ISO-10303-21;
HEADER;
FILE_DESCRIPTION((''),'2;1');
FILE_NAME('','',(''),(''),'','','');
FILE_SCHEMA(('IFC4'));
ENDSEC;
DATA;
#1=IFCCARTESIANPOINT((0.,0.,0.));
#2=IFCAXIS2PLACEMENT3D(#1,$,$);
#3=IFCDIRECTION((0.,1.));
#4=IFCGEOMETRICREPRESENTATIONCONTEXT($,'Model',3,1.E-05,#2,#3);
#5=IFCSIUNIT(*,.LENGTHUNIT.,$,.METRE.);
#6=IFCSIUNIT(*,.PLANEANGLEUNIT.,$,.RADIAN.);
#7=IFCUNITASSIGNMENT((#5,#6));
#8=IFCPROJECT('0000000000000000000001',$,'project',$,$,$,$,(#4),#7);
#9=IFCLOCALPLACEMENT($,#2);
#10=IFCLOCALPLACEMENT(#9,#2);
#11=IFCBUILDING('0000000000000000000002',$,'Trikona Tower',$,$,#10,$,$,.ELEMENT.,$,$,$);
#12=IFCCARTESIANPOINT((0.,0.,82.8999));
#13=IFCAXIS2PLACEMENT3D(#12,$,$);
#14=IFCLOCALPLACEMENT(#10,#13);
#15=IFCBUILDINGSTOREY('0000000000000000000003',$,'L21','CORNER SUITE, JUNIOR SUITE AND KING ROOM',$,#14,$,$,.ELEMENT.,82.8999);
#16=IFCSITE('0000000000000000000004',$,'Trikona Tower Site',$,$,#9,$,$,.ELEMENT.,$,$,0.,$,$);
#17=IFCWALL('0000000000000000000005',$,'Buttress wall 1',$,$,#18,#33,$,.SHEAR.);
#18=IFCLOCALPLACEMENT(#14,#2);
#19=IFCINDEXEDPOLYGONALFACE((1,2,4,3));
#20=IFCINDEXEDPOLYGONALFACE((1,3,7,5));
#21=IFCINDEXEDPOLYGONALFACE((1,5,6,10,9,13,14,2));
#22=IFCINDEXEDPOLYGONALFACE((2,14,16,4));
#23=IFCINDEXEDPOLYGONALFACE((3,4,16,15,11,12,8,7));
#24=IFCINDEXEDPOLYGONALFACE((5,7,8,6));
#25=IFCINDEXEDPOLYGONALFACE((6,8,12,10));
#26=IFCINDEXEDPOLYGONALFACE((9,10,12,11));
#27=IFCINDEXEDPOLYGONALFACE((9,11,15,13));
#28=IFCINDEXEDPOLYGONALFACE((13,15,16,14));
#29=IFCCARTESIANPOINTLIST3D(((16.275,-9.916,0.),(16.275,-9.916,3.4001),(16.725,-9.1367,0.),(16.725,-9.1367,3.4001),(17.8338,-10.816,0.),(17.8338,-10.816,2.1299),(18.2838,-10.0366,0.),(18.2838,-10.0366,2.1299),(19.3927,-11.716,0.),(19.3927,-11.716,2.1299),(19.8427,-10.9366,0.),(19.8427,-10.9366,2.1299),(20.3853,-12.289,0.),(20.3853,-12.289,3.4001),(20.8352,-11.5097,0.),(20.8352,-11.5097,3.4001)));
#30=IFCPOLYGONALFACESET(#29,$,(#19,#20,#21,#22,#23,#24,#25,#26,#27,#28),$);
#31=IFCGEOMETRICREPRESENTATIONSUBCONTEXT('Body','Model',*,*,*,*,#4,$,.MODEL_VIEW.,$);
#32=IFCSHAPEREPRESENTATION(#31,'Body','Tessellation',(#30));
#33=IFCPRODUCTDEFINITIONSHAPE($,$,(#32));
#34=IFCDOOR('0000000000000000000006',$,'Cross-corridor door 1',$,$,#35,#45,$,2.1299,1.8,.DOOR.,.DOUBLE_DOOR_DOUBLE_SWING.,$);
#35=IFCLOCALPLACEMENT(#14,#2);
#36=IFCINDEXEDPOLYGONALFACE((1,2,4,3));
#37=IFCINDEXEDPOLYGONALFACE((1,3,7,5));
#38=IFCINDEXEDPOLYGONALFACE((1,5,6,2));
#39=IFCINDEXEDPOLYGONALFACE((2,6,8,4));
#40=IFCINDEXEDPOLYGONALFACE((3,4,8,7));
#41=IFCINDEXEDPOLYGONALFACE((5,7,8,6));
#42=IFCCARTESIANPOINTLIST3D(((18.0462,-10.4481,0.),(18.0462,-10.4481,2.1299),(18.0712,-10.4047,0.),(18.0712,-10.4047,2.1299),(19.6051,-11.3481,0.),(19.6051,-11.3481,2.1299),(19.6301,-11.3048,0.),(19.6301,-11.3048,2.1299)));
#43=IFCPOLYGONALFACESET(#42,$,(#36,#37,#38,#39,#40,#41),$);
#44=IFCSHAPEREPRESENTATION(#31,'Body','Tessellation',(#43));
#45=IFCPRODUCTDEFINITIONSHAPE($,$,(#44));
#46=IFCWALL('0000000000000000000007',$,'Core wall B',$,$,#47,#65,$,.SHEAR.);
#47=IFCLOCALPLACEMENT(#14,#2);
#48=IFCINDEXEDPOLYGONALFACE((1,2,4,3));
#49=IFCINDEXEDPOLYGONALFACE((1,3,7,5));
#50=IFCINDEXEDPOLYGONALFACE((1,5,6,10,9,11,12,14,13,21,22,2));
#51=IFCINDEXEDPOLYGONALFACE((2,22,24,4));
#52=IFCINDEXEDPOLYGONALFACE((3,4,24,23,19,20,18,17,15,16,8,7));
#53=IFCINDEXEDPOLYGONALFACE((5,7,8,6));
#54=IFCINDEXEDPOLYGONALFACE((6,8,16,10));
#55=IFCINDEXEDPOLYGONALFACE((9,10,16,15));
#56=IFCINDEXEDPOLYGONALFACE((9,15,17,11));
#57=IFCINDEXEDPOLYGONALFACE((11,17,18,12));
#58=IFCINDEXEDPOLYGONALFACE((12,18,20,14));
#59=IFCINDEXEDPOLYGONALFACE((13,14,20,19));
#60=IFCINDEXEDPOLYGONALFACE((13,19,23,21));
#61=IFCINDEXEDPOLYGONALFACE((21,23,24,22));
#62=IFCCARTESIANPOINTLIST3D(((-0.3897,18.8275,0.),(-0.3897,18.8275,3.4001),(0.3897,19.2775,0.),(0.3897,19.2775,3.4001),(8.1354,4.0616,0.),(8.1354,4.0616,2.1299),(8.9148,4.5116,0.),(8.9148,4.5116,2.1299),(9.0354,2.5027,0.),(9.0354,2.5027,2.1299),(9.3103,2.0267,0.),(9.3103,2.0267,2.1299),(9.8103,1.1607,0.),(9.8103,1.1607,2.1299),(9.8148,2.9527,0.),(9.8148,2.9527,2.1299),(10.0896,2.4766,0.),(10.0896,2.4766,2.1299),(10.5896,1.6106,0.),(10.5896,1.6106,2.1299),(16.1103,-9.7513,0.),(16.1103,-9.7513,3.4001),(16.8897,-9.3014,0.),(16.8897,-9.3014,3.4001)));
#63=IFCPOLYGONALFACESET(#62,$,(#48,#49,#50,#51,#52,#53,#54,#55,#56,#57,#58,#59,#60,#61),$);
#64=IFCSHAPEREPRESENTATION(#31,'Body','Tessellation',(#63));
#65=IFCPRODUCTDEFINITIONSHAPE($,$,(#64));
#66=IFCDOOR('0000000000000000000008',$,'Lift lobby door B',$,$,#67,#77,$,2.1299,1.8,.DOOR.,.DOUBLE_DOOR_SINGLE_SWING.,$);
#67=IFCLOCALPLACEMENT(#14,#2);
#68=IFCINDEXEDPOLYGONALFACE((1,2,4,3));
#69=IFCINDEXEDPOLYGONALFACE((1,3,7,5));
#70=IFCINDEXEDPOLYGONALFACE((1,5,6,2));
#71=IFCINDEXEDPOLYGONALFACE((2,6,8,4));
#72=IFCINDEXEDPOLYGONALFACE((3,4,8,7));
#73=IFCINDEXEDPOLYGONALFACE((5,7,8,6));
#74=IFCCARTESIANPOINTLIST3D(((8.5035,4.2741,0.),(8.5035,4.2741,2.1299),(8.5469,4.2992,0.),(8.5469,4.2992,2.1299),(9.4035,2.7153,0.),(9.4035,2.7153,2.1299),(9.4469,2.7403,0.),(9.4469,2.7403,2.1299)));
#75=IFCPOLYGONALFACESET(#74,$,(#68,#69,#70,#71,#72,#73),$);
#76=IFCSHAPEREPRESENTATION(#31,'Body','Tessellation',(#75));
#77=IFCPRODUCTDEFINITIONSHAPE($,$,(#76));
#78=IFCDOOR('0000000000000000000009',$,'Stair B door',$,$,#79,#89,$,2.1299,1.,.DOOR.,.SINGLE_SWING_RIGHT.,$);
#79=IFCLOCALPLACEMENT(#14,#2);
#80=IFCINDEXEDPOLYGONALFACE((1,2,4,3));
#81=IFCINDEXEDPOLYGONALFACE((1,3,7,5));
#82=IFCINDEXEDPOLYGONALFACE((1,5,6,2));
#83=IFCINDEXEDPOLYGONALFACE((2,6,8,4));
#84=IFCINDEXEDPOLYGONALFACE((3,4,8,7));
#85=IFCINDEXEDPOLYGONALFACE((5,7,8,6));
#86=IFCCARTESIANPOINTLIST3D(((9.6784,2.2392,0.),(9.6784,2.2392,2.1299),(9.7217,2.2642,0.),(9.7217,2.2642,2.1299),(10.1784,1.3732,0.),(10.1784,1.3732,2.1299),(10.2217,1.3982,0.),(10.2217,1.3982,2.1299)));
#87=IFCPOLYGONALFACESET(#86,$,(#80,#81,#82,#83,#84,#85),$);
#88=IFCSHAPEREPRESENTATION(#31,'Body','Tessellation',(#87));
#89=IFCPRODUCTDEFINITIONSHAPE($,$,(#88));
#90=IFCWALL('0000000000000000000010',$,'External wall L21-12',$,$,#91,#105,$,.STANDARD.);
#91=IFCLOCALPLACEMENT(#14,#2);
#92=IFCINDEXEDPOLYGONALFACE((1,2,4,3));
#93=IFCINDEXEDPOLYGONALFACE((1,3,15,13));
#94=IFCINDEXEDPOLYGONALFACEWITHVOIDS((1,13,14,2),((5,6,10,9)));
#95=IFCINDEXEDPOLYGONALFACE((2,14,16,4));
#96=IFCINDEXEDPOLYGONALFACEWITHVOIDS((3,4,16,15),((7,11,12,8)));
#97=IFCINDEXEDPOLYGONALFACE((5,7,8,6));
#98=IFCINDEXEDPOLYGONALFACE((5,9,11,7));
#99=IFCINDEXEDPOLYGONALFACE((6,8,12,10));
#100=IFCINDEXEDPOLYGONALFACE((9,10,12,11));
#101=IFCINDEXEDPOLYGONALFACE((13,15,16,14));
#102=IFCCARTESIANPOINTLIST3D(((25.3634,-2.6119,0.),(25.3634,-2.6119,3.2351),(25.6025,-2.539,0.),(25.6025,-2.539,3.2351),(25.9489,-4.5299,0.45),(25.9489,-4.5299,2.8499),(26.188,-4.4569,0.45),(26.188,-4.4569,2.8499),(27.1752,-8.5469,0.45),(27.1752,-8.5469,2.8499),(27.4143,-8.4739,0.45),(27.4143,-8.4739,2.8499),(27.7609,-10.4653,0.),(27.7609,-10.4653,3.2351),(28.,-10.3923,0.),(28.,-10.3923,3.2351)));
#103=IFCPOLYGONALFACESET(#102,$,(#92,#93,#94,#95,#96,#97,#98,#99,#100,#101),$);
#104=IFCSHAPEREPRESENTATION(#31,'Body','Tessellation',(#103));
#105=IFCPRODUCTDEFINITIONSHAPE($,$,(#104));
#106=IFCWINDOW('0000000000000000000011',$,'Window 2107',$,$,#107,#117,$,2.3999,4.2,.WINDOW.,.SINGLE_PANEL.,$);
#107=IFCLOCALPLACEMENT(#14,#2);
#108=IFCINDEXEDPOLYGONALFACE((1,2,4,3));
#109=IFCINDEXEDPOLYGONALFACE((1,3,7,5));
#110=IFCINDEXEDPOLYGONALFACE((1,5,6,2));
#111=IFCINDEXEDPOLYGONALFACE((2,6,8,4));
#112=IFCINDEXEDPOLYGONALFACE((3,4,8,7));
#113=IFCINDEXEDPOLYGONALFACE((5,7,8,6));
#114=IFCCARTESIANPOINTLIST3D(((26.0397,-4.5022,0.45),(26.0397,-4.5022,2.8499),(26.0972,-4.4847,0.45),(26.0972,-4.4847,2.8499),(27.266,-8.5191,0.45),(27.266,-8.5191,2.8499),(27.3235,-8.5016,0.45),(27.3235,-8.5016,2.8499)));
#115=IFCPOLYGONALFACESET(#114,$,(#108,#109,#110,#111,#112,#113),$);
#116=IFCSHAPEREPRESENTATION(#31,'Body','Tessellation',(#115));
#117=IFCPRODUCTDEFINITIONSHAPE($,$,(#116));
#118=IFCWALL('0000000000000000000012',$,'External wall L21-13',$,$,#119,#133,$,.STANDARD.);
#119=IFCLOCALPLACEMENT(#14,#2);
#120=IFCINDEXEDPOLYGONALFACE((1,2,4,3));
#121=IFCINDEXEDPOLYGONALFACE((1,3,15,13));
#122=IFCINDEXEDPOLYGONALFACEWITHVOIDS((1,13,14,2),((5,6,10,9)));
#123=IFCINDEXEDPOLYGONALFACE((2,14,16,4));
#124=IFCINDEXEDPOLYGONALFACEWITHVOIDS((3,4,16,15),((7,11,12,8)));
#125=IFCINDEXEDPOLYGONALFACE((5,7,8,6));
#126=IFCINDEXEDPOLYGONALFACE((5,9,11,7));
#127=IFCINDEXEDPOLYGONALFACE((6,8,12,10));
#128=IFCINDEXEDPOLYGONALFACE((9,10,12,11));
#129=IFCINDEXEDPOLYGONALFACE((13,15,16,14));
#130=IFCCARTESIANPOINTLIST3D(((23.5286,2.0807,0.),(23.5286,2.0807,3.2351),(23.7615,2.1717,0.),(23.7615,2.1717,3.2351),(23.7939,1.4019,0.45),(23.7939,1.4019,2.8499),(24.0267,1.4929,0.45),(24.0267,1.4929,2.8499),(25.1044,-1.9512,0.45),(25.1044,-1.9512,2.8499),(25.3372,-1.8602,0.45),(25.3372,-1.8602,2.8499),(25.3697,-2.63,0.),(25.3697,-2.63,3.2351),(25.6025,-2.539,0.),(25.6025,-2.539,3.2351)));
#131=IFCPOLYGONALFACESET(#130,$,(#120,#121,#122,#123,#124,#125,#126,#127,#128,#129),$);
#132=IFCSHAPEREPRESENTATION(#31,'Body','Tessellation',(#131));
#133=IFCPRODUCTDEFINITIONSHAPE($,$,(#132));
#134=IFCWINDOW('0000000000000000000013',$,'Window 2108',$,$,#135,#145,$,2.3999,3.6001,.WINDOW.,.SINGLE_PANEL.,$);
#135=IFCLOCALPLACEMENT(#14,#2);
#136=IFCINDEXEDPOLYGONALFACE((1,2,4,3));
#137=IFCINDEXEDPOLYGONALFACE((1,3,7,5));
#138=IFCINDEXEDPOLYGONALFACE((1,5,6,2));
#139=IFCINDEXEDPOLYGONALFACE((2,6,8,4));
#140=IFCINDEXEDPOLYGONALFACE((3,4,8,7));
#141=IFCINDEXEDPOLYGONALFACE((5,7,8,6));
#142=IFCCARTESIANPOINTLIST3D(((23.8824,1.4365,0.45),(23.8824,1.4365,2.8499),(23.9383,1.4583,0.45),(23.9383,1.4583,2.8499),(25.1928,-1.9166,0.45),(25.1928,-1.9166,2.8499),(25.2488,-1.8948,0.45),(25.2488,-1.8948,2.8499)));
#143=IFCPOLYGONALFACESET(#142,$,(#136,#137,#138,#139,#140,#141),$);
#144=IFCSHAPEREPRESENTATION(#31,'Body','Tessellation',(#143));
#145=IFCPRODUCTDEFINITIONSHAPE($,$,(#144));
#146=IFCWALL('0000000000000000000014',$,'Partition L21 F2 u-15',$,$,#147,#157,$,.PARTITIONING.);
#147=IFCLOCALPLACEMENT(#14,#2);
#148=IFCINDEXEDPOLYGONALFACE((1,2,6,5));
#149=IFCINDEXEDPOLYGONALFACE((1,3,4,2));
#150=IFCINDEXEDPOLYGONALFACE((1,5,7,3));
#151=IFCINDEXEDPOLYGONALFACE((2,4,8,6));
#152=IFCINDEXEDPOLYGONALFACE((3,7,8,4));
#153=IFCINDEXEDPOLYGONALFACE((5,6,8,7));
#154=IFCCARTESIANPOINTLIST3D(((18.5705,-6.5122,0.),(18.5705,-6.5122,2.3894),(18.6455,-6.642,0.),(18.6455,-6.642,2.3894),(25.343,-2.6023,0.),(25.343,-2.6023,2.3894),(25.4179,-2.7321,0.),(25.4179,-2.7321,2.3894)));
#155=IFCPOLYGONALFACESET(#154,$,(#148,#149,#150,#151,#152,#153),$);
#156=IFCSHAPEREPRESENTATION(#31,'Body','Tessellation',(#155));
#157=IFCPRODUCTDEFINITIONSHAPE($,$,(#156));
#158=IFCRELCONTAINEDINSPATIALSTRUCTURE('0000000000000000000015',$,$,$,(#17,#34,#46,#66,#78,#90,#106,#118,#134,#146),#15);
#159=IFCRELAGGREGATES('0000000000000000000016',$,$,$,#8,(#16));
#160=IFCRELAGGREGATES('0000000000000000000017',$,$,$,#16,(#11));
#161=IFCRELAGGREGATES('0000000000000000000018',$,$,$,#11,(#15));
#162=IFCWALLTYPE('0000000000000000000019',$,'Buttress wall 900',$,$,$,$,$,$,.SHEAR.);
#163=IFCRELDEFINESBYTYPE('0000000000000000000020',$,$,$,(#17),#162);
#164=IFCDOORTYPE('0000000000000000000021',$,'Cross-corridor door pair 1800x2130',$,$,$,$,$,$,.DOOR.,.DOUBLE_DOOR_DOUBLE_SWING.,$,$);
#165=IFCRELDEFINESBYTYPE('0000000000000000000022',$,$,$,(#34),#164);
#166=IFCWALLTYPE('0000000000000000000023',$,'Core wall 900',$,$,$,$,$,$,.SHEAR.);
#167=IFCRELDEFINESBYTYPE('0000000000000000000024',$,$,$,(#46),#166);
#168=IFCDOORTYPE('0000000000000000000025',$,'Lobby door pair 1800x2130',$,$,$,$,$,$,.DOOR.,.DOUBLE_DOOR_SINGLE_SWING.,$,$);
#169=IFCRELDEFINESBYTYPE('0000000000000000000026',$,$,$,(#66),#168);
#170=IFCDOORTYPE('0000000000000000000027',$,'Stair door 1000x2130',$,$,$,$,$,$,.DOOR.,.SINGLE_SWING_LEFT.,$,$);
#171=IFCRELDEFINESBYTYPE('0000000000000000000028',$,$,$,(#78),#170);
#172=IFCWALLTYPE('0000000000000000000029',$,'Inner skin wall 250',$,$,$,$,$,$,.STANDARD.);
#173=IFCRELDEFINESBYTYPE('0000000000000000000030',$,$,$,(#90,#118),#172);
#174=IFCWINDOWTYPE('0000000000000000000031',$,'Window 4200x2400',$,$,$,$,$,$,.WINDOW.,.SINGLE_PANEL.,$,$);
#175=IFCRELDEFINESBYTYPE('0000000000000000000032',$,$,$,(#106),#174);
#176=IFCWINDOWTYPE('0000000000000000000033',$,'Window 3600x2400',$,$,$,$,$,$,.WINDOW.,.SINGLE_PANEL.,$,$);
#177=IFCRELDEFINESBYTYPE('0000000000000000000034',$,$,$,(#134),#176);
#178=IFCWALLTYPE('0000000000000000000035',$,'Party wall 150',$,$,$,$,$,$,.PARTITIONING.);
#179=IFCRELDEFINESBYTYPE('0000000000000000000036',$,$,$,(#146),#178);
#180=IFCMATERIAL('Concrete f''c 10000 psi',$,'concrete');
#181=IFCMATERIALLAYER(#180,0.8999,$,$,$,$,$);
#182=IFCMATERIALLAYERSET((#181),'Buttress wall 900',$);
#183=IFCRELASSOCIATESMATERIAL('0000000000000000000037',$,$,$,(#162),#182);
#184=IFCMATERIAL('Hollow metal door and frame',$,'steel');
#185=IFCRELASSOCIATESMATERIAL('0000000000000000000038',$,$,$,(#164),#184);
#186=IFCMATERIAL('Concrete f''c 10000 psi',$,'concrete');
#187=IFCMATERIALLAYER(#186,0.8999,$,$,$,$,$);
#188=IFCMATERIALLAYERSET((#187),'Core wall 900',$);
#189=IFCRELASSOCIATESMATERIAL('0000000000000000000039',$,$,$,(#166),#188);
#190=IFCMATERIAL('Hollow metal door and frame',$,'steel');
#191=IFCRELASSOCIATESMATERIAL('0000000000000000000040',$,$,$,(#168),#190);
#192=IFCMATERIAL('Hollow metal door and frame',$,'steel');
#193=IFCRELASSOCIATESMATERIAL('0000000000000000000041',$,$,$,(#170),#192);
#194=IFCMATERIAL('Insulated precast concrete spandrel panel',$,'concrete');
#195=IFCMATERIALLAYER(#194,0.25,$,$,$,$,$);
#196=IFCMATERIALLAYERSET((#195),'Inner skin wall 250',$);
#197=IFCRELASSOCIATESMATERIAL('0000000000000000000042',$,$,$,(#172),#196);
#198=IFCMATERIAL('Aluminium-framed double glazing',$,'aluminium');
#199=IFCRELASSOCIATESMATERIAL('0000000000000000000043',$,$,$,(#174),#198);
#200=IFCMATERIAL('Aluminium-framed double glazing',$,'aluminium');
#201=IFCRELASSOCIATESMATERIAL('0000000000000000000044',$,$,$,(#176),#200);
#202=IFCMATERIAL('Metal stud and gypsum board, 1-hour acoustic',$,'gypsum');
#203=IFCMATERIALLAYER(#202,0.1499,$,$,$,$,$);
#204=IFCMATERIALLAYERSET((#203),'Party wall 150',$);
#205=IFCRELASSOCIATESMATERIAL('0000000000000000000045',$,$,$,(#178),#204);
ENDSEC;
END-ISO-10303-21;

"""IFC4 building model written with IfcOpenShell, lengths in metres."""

from ifc_helpers import new_model, si_unit, direction, frame, frame_2d, origin, place, context, subcontext, project, spatial, rectangle, extrude, material, layer, layer_set, type_object, element, fill, save


model = new_model("IFC4")

# Units and contexts
model_context = context("Model", 3, precision=1e-05, world=origin(), true_north=direction((0.0, 1.0)))
body_context = subcontext(model_context, "Body", "Model", "MODEL_VIEW")
ifc_project = project(units=[si_unit("LENGTHUNIT", "METRE"), si_unit("PLANEANGLEUNIT", "RADIAN")], contexts=[model_context])

# Site, building, storey
site_placement = place(None, origin())
site = spatial("IfcSite", under=ifc_project, at=site_placement, Name="Trikona Tower Site", CompositionType="ELEMENT", RefElevation=0.0)
building_placement = place(site_placement, origin())
building = spatial("IfcBuilding", under=site, at=building_placement, Name="Trikona Tower", CompositionType="ELEMENT")
storey_placement = place(building_placement, frame((0.0, 0.0, 82.8999)))
storey = spatial("IfcBuildingStorey", under=building, at=storey_placement, Name="L21", Description="CORNER SUITE, JUNIOR SUITE AND KING ROOM", CompositionType="ELEMENT", Elevation=82.8999)

# Wall, opening, door
ifc_material_1 = material(Name="Concrete f'c 10000 psi", Category="concrete")
ifc_layer_1 = layer(ifc_material_1, 0.8999)
ifc_layer_set_1 = layer_set([ifc_layer_1], Name="Buttress wall 900")
wall_type_1 = type_object("IfcWallType", Name="Buttress wall 900", PredefinedType="SHEAR", material=ifc_layer_set_1)
wall_1_placement = place(storey_placement, frame((16.5, -9.5264, 0.0), z_axis=(0.0, 0.0, 1.0), x_axis=(0.866031, -0.49999, 0.0)))
wall_1 = element("IfcWall", 1, at=wall_1_placement, inside=storey, type_object=wall_type_1, Name="Buttress wall 1", PredefinedType="SHEAR", context=body_context, shape_type="SweptSolid", body=[
    extrude(rectangle(XDim=4.7461, YDim=0.8999, at=frame_2d((2.373, 0.0))), origin(), (0.0, 0.0, 1.0), 3.4001),
])
opening_1_placement = place(wall_1_placement, frame((1.8, 0.0, 0.0)))
opening_1 = element("IfcOpeningElement", 2, at=opening_1_placement, cuts=wall_1, PredefinedType="OPENING", context=body_context, shape_type="SweptSolid", body=[
    extrude(rectangle(XDim=1.8, YDim=2.1299, at=frame_2d((0.8999, 1.0649))), frame((0.0, 0.46, 0.0), z_axis=(0.0, -1.0, 0.0), x_axis=(1.0, 0.0, 0.0)), (0.0, 0.0, 1.0), 0.9199),
])
ifc_material_2 = material(Name="Hollow metal door and frame", Category="steel")
door_type_1 = type_object("IfcDoorType", Name="Cross-corridor door pair 1800x2130", OperationType="DOUBLE_DOOR_DOUBLE_SWING", PredefinedType="DOOR", material=ifc_material_2)
door_1_placement = place(opening_1_placement, origin())
door_1 = element("IfcDoor", 3, at=door_1_placement, inside=storey, type_object=door_type_1, Name="Cross-corridor door 1", OperationType="DOUBLE_DOOR_DOUBLE_SWING", OverallHeight=2.1299, OverallWidth=1.8, PredefinedType="DOOR", context=body_context, shape_type="SweptSolid", body=[
    extrude(rectangle(XDim=1.8, YDim=2.1299, at=frame_2d((0.8999, 1.0649))), frame((0.0, 0.0249, 0.0), z_axis=(0.0, -1.0, 0.0), x_axis=(1.0, 0.0, 0.0)), (0.0, 0.0, 1.0), 0.05),
])
fill(opening_1, door_1)

# Wall, openings, doors
ifc_material_3 = material(Name="Concrete f'c 10000 psi", Category="concrete")
ifc_layer_2 = layer(ifc_material_3, 0.8999)
ifc_layer_set_2 = layer_set([ifc_layer_2], Name="Core wall 900")
wall_type_2 = type_object("IfcWallType", Name="Core wall 900", PredefinedType="SHEAR", material=ifc_layer_set_2)
wall_2_placement = place(storey_placement, frame((16.5, -9.5264, 0.0), z_axis=(0.0, 0.0, 1.0), x_axis=(-0.5, 0.866026, 0.0)))
wall_2 = element("IfcWall", 4, at=wall_2_placement, inside=storey, type_object=wall_type_2, Name="Core wall B", PredefinedType="SHEAR", context=body_context, shape_type="SweptSolid", body=[
    extrude(rectangle(XDim=33.0, YDim=0.8999, at=frame_2d((16.5, 0.0))), origin(), (0.0, 0.0, 1.0), 3.4001),
])
opening_2_placement = place(wall_2_placement, frame((14.1499, 0.0, 0.0)))
opening_2 = element("IfcOpeningElement", 5, at=opening_2_placement, cuts=wall_2, PredefinedType="OPENING", context=body_context, shape_type="SweptSolid", body=[
    extrude(rectangle(XDim=1.8, YDim=2.1299, at=frame_2d((0.8999, 1.0649))), frame((0.0, 0.46, 0.0), z_axis=(0.0, -1.0, 0.0), x_axis=(1.0, 0.0, 0.0)), (0.0, 0.0, 1.0), 0.9199),
])
opening_3_placement = place(wall_2_placement, frame((12.6001, 0.0, 0.0)))
opening_3 = element("IfcOpeningElement", 6, at=opening_3_placement, cuts=wall_2, PredefinedType="OPENING", context=body_context, shape_type="SweptSolid", body=[
    extrude(rectangle(XDim=1.0, YDim=2.1299, at=frame_2d((0.5, 1.0649))), frame((0.0, 0.46, 0.0), z_axis=(0.0, -1.0, 0.0), x_axis=(1.0, 0.0, 0.0)), (0.0, 0.0, 1.0), 0.9199),
])
ifc_material_4 = material(Name="Hollow metal door and frame", Category="steel")
door_type_2 = type_object("IfcDoorType", Name="Lobby door pair 1800x2130", OperationType="DOUBLE_DOOR_SINGLE_SWING", PredefinedType="DOOR", material=ifc_material_4)
door_2_placement = place(opening_2_placement, origin())
door_2 = element("IfcDoor", 7, at=door_2_placement, inside=storey, type_object=door_type_2, Name="Lift lobby door B", OperationType="DOUBLE_DOOR_SINGLE_SWING", OverallHeight=2.1299, OverallWidth=1.8, PredefinedType="DOOR", context=body_context, shape_type="SweptSolid", body=[
    extrude(rectangle(XDim=1.8, YDim=2.1299, at=frame_2d((0.8999, 1.0649))), frame((0.0, 0.0249, 0.0), z_axis=(0.0, -1.0, 0.0), x_axis=(1.0, 0.0, 0.0)), (0.0, 0.0, 1.0), 0.05),
])
fill(opening_2, door_2)
ifc_material_5 = material(Name="Hollow metal door and frame", Category="steel")
door_type_3 = type_object("IfcDoorType", Name="Stair door 1000x2130", OperationType="SINGLE_SWING_LEFT", PredefinedType="DOOR", material=ifc_material_5)
door_3_placement = place(opening_3_placement, origin())
door_3 = element("IfcDoor", 8, at=door_3_placement, inside=storey, type_object=door_type_3, Name="Stair B door", OperationType="SINGLE_SWING_RIGHT", OverallHeight=2.1299, OverallWidth=1.0, PredefinedType="DOOR", context=body_context, shape_type="SweptSolid", body=[
    extrude(rectangle(XDim=1.0, YDim=2.1299, at=frame_2d((0.5, 1.0649))), frame((0.0, 0.0249, 0.0), z_axis=(0.0, -1.0, 0.0), x_axis=(1.0, 0.0, 0.0)), (0.0, 0.0, 1.0), 0.05),
])
fill(opening_3, door_3)

# Walls, openings, windows
ifc_material_6 = material(Name="Insulated precast concrete spandrel panel", Category="concrete")
ifc_layer_3 = layer(ifc_material_6, 0.25)
ifc_layer_set_3 = layer_set([ifc_layer_3], Name="Inner skin wall 250")
wall_type_3 = type_object("IfcWallType", Name="Inner skin wall 250", PredefinedType="STANDARD", material=ifc_layer_set_3)
wall_3_placement = place(storey_placement, frame((27.8804, -10.4287, 0.0), z_axis=(0.0, 0.0, 1.0), x_axis=(-0.291979, 0.956425, 0.0)))
wall_3 = element("IfcWall", 9, at=wall_3_placement, inside=storey, type_object=wall_type_3, Name="External wall L21-12", PredefinedType="STANDARD", context=body_context, shape_type="SweptSolid", body=[
    extrude(rectangle(XDim=8.2112, YDim=0.25, at=frame_2d((4.1055, 0.0))), origin(), (0.0, 0.0, 1.0), 3.2351),
])
opening_4_placement = place(wall_3_placement, frame((2.0056, 0.0, 0.45)))
opening_4 = element("IfcOpeningElement", 10, at=opening_4_placement, cuts=wall_3, PredefinedType="OPENING", context=body_context, shape_type="SweptSolid", body=[
    extrude(rectangle(XDim=4.2, YDim=2.3999, at=frame_2d((2.1001, 1.2))), frame((0.0, 0.135, 0.0), z_axis=(0.0, -1.0, 0.0), x_axis=(1.0, 0.0, 0.0)), (0.0, 0.0, 1.0), 0.27),
])
ifc_material_7 = material(Name="Aluminium-framed double glazing", Category="aluminium")
window_type_1 = type_object("IfcWindowType", Name="Window 4200x2400", PartitioningType="SINGLE_PANEL", PredefinedType="WINDOW", material=ifc_material_7)
window_1_placement = place(opening_4_placement, origin())
window_1 = element("IfcWindow", 11, at=window_1_placement, inside=storey, type_object=window_type_1, Name="Window 2107", OverallHeight=2.3999, OverallWidth=4.2, PartitioningType="SINGLE_PANEL", PredefinedType="WINDOW", context=body_context, shape_type="SweptSolid", body=[
    extrude(rectangle(XDim=4.2, YDim=2.3999, at=frame_2d((2.1001, 1.2))), frame((0.0, 0.03, 0.0), z_axis=(0.0, -1.0, 0.0), x_axis=(1.0, 0.0, 0.0)), (0.0, 0.0, 1.0), 0.0601),
])
fill(opening_4, window_1)
wall_4_placement = place(storey_placement, frame((25.4861, -2.5845, 0.0), z_axis=(0.0, 0.0, 1.0), x_axis=(-0.364013, 0.931394, 0.0)))
wall_4 = element("IfcWall", 12, at=wall_4_placement, inside=storey, type_object=wall_type_3, Name="External wall L21-13", PredefinedType="STANDARD", context=body_context, shape_type="SweptSolid", body=[
    extrude(rectangle(XDim=5.0576, YDim=0.25, at=frame_2d((2.5288, 0.0))), origin(), (0.0, 0.0, 1.0), 3.2351),
])
opening_5_placement = place(wall_4_placement, frame((0.7288, 0.0, 0.45)))
opening_5 = element("IfcOpeningElement", 13, at=opening_5_placement, cuts=wall_4, PredefinedType="OPENING", context=body_context, shape_type="SweptSolid", body=[
    extrude(rectangle(XDim=3.6001, YDim=2.3999, at=frame_2d((1.8, 1.2))), frame((0.0, 0.135, 0.0), z_axis=(0.0, -1.0, 0.0), x_axis=(1.0, 0.0, 0.0)), (0.0, 0.0, 1.0), 0.27),
])
ifc_material_8 = material(Name="Aluminium-framed double glazing", Category="aluminium")
window_type_2 = type_object("IfcWindowType", Name="Window 3600x2400", PartitioningType="SINGLE_PANEL", PredefinedType="WINDOW", material=ifc_material_8)
window_2_placement = place(opening_5_placement, origin())
window_2 = element("IfcWindow", 14, at=window_2_placement, inside=storey, type_object=window_type_2, Name="Window 2108", OverallHeight=2.3999, OverallWidth=3.6001, PartitioningType="SINGLE_PANEL", PredefinedType="WINDOW", context=body_context, shape_type="SweptSolid", body=[
    extrude(rectangle(XDim=3.6001, YDim=2.3999, at=frame_2d((1.8, 1.2))), frame((0.0, 0.03, 0.0), z_axis=(0.0, -1.0, 0.0), x_axis=(1.0, 0.0, 0.0)), (0.0, 0.0, 1.0), 0.0601),
])
fill(opening_5, window_2)

# Wall
ifc_material_9 = material(Name="Metal stud and gypsum board, 1-hour acoustic", Category="gypsum")
ifc_layer_4 = layer(ifc_material_9, 0.1499)
ifc_layer_set_4 = layer_set([ifc_layer_4], Name="Party wall 150")
wall_type_4 = type_object("IfcWallType", Name="Party wall 150", PredefinedType="PARTITIONING", material=ifc_layer_set_4)
wall_5_placement = place(storey_placement, frame((18.6079, -6.5771, 0.0), z_axis=(0.0, 0.0, 1.0), x_axis=(0.866035, 0.499984, 0.0)))
element("IfcWall", 15, at=wall_5_placement, inside=storey, type_object=wall_type_4, Name="Partition L21 F2 u-15", PredefinedType="PARTITIONING", context=body_context, shape_type="SweptSolid", body=[
    extrude(rectangle(XDim=7.8201, YDim=0.1499, at=frame_2d((3.9102, 0.0))), origin(), (0.0, 0.0, 1.0), 2.3894),
])

save(model, "model.ifc")
